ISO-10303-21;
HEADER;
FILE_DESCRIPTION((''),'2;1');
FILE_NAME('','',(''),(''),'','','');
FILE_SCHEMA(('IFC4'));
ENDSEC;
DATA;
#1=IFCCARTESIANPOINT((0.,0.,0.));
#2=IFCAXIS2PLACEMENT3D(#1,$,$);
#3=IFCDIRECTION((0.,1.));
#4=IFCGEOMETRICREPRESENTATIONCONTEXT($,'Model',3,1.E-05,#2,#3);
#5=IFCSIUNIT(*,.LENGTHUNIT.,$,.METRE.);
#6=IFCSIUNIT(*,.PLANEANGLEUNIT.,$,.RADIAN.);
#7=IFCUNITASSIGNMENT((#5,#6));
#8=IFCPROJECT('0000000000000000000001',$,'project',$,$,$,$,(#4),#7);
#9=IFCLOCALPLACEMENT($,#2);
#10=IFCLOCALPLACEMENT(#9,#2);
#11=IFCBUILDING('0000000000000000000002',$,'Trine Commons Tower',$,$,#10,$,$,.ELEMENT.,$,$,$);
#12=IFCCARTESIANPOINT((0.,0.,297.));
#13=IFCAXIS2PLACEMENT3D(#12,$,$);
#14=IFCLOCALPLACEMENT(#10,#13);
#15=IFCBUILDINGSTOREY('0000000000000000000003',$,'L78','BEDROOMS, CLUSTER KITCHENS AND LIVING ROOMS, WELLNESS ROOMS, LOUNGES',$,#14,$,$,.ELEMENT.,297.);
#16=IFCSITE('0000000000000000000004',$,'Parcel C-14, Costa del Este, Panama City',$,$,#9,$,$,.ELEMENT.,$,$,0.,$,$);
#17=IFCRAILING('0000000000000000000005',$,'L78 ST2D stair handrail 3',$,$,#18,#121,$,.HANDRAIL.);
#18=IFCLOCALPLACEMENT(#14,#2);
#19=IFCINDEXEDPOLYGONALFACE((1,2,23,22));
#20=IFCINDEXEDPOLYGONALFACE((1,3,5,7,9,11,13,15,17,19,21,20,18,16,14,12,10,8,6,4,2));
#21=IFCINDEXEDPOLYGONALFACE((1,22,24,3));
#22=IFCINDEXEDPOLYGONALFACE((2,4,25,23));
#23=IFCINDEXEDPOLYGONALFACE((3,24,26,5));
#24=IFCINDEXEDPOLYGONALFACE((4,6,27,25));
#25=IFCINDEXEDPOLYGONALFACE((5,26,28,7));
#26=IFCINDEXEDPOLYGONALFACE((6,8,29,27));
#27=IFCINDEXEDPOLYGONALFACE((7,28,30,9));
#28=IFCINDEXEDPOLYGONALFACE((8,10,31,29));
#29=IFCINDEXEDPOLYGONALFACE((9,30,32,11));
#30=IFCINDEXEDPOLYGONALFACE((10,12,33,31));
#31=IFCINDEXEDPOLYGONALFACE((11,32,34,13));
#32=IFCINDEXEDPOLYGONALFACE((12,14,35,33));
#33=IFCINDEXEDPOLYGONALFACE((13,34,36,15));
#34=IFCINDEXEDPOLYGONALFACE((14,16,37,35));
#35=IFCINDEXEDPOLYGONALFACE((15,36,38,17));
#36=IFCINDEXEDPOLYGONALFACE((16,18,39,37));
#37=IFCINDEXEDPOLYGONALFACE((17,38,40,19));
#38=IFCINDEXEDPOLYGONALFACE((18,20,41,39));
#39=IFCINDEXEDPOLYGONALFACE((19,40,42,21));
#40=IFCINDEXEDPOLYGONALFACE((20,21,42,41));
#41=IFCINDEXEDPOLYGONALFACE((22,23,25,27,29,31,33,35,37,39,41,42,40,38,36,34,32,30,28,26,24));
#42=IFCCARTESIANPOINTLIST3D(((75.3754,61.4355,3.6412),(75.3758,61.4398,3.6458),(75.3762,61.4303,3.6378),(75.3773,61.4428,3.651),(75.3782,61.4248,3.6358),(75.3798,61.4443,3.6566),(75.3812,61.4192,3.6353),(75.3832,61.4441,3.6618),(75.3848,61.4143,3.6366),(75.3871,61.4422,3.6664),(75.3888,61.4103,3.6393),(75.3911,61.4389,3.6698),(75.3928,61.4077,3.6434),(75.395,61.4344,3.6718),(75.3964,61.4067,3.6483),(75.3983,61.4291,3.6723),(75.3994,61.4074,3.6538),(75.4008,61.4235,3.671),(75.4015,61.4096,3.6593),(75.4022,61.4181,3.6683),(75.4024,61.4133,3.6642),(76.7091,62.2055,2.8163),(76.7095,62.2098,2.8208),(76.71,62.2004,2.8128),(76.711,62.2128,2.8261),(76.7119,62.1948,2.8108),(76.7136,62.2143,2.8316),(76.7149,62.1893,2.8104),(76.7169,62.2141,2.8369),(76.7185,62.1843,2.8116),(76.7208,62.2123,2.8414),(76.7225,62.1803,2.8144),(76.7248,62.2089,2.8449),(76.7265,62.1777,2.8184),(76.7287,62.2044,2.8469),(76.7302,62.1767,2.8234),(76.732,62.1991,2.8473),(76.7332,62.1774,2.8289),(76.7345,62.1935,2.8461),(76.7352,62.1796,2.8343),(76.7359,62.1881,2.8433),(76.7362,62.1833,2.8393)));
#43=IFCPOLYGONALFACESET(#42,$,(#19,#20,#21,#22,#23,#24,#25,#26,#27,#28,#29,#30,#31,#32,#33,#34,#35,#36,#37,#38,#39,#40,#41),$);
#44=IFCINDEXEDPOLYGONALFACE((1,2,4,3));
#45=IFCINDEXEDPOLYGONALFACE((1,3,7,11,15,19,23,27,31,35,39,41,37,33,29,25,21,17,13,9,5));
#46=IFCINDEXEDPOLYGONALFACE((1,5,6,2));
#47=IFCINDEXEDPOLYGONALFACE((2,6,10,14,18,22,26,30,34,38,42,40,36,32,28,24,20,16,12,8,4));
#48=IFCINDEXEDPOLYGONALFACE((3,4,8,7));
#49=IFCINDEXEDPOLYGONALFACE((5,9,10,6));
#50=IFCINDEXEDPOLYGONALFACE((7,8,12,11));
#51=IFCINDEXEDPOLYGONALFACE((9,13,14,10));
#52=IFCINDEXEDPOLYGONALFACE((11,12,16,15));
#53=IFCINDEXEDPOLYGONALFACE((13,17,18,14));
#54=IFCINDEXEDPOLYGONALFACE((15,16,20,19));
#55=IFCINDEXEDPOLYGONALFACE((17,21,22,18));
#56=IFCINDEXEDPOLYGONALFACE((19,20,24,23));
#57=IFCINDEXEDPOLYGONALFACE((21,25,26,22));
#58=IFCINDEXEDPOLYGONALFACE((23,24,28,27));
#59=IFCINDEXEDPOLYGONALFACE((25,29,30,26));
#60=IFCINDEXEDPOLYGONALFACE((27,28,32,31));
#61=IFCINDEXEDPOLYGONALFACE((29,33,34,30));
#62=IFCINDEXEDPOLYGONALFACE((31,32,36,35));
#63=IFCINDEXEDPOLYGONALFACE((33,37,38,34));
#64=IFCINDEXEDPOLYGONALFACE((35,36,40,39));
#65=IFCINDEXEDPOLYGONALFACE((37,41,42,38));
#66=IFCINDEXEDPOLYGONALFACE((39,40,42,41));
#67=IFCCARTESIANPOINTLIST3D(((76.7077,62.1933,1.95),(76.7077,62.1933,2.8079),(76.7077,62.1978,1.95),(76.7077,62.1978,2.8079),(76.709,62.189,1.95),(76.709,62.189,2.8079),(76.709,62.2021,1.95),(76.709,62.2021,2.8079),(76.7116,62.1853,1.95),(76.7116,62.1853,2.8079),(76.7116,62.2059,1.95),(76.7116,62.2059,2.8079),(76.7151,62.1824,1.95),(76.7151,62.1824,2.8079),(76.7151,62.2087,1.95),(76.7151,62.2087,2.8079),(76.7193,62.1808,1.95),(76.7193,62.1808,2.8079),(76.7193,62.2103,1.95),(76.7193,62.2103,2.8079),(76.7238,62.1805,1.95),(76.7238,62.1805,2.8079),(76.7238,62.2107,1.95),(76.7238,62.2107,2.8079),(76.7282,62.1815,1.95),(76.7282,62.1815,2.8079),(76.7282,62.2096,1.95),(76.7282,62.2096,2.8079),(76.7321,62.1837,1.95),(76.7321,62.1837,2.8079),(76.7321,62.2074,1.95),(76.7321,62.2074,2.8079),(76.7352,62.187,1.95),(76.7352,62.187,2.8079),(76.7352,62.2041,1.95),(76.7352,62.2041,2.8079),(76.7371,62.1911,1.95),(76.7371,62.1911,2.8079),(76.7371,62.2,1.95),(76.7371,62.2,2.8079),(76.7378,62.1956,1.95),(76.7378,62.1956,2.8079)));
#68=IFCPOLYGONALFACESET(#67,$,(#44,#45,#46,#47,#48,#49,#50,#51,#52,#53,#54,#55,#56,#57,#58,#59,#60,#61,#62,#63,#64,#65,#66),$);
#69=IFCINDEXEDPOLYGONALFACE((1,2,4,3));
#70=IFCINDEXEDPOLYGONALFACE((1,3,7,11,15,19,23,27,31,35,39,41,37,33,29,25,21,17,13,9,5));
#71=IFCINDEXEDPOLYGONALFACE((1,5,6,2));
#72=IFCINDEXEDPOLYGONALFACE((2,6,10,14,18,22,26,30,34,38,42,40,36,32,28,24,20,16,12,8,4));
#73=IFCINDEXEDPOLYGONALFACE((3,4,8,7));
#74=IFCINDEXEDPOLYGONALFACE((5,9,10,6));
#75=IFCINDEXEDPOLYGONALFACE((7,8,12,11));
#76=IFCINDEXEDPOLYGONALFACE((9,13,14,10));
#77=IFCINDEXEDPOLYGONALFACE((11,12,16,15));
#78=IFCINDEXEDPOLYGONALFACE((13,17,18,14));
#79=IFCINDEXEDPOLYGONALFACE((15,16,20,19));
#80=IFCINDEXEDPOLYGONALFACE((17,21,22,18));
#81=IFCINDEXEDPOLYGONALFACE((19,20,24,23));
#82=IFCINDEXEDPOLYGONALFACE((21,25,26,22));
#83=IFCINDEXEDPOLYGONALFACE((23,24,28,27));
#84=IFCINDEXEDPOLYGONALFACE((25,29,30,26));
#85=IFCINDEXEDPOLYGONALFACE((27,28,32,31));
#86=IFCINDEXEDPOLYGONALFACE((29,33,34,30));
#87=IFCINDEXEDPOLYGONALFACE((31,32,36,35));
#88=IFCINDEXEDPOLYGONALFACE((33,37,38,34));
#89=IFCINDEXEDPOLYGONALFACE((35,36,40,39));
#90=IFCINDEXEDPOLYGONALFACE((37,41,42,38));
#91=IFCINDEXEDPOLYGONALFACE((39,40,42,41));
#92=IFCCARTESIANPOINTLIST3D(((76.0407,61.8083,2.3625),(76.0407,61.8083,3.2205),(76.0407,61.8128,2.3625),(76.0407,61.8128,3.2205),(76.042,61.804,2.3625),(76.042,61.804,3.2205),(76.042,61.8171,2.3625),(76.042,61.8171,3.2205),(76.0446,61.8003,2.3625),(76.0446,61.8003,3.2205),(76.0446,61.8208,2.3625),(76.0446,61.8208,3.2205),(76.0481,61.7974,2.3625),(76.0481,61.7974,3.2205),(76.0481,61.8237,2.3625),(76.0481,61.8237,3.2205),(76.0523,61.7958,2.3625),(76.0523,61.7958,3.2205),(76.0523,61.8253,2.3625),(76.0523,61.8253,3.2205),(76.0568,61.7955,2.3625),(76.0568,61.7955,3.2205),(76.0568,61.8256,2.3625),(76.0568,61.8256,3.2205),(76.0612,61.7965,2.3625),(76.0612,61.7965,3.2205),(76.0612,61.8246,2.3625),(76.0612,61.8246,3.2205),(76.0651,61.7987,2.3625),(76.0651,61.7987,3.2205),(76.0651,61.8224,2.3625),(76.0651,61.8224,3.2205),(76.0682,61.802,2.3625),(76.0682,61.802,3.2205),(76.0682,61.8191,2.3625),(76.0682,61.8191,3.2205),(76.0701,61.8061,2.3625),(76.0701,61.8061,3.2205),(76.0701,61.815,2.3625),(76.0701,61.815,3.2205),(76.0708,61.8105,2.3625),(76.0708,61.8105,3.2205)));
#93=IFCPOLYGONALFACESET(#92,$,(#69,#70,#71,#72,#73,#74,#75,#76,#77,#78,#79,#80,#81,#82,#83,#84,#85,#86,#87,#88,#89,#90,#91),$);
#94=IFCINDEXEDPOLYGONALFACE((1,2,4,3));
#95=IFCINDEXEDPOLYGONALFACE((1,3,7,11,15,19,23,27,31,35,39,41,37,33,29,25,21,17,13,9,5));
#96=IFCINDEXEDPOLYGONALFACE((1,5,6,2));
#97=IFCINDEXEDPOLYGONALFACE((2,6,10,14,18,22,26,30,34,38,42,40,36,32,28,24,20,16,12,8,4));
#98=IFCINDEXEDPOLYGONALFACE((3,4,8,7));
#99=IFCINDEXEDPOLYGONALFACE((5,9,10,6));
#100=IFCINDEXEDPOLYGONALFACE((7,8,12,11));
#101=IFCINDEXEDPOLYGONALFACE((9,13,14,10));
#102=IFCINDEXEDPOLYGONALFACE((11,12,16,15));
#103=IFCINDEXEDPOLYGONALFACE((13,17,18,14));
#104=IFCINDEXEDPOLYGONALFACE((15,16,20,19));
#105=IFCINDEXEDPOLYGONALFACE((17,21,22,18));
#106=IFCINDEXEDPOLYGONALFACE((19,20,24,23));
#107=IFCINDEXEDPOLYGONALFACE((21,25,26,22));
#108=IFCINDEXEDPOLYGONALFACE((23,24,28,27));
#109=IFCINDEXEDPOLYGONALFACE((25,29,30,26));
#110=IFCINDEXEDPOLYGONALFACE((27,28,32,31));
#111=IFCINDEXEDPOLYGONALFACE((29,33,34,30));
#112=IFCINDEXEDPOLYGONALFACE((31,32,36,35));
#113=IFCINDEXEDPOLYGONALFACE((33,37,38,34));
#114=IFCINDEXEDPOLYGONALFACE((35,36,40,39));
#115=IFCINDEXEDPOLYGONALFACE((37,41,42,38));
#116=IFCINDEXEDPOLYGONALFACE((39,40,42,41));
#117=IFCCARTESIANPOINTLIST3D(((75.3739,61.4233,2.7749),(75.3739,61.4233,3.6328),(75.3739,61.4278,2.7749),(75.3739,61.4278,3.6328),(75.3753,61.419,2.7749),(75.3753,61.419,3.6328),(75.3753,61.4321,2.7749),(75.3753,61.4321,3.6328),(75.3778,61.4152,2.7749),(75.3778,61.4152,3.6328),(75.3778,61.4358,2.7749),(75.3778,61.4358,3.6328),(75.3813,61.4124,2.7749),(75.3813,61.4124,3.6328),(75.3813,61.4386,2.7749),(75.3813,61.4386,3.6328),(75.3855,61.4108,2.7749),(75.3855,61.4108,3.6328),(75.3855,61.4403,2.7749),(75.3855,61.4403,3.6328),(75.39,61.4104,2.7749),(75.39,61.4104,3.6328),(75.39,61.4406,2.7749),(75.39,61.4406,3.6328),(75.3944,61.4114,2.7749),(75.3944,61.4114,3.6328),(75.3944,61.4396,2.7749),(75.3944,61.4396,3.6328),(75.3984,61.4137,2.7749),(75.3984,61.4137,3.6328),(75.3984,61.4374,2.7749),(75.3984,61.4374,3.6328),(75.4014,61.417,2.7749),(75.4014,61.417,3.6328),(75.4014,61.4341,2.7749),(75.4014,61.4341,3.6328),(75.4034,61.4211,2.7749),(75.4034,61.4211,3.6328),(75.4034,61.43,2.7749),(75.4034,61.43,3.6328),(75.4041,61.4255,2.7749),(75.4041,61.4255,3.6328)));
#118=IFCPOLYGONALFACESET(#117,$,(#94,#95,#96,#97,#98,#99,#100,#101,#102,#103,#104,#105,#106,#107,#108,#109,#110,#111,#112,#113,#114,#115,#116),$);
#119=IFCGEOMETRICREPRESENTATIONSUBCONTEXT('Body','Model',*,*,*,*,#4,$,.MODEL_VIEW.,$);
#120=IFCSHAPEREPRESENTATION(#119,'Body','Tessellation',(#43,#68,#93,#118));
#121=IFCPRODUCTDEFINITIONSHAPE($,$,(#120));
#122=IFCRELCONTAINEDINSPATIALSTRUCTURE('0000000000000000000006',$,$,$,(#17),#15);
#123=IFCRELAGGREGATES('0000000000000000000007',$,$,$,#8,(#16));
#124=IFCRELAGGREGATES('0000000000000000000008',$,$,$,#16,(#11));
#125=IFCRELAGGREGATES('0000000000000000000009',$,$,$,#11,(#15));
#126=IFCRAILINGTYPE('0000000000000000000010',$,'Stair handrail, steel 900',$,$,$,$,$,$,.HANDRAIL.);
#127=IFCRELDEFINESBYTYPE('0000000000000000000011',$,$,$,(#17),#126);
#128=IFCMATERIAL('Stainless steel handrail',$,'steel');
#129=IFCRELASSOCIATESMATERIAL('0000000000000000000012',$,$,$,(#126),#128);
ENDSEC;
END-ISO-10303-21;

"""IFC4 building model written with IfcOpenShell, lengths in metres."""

from ifc_helpers import new_model, si_unit, direction, frame, origin, origin_2d, place, context, subcontext, project, spatial, circle, extrude, material, type_object, element, save


model = new_model("IFC4")

# Units and contexts
model_context = context("Model", 3, precision=1e-05, world=origin(), true_north=direction((0.0, 1.0)))
body_context = subcontext(model_context, "Body", "Model", "MODEL_VIEW")
ifc_project = project(units=[si_unit("LENGTHUNIT", "METRE"), si_unit("PLANEANGLEUNIT", "RADIAN")], contexts=[model_context])

# Site, building, storey
site_placement = place(None, origin())
site = spatial("IfcSite", under=ifc_project, at=site_placement, Name="Parcel C-14, Costa del Este, Panama City", CompositionType="ELEMENT", RefElevation=0.0)
building_placement = place(site_placement, origin())
building = spatial("IfcBuilding", under=site, at=building_placement, Name="Trine Commons Tower", CompositionType="ELEMENT")
storey_placement = place(building_placement, frame((0.0, 0.0, 297.0)))
storey = spatial("IfcBuildingStorey", under=building, at=storey_placement, Name="L78", Description="BEDROOMS, CLUSTER KITCHENS AND LIVING ROOMS, WELLNESS ROOMS, LOUNGES", CompositionType="ELEMENT", Elevation=297.0)

# Railing
ifc_material_1 = material(Name="Stainless steel handrail", Category="steel")
railing_type_1 = type_object("IfcRailingType", Name="Stair handrail, steel 900", PredefinedType="HANDRAIL", material=ifc_material_1)
railing_1_placement = place(storey_placement, frame((76.7227, 62.1956, 1.95)))
element("IfcRailing", 1, at=railing_1_placement, inside=storey, type_object=railing_type_1, Name="L78 ST2D stair handrail 3", PredefinedType="HANDRAIL", context=body_context, shape_type="SweptSolid", body=[
    extrude(circle(Radius=0.021, at=origin_2d()), frame((0.0, 0.0, 0.8789), z_axis=(-0.763405, -0.440743, 0.472185), x_axis=(0.499992, -0.86603, 0.0)), (0.0, 0.0, 1.0), 1.7471),
    extrude(circle(Radius=0.0151, at=origin_2d()), origin(), (0.0, 0.0, 1.0), 0.8579),
    extrude(circle(Radius=0.0151, at=origin_2d()), frame((-0.667, -0.385, 0.4126)), (0.0, 0.0, 1.0), 0.8579),
    extrude(circle(Radius=0.0151, at=origin_2d()), frame((-1.3337, -0.77, 0.825)), (0.0, 0.0, 1.0), 0.8579),
])

save(model, "model.ifc")
